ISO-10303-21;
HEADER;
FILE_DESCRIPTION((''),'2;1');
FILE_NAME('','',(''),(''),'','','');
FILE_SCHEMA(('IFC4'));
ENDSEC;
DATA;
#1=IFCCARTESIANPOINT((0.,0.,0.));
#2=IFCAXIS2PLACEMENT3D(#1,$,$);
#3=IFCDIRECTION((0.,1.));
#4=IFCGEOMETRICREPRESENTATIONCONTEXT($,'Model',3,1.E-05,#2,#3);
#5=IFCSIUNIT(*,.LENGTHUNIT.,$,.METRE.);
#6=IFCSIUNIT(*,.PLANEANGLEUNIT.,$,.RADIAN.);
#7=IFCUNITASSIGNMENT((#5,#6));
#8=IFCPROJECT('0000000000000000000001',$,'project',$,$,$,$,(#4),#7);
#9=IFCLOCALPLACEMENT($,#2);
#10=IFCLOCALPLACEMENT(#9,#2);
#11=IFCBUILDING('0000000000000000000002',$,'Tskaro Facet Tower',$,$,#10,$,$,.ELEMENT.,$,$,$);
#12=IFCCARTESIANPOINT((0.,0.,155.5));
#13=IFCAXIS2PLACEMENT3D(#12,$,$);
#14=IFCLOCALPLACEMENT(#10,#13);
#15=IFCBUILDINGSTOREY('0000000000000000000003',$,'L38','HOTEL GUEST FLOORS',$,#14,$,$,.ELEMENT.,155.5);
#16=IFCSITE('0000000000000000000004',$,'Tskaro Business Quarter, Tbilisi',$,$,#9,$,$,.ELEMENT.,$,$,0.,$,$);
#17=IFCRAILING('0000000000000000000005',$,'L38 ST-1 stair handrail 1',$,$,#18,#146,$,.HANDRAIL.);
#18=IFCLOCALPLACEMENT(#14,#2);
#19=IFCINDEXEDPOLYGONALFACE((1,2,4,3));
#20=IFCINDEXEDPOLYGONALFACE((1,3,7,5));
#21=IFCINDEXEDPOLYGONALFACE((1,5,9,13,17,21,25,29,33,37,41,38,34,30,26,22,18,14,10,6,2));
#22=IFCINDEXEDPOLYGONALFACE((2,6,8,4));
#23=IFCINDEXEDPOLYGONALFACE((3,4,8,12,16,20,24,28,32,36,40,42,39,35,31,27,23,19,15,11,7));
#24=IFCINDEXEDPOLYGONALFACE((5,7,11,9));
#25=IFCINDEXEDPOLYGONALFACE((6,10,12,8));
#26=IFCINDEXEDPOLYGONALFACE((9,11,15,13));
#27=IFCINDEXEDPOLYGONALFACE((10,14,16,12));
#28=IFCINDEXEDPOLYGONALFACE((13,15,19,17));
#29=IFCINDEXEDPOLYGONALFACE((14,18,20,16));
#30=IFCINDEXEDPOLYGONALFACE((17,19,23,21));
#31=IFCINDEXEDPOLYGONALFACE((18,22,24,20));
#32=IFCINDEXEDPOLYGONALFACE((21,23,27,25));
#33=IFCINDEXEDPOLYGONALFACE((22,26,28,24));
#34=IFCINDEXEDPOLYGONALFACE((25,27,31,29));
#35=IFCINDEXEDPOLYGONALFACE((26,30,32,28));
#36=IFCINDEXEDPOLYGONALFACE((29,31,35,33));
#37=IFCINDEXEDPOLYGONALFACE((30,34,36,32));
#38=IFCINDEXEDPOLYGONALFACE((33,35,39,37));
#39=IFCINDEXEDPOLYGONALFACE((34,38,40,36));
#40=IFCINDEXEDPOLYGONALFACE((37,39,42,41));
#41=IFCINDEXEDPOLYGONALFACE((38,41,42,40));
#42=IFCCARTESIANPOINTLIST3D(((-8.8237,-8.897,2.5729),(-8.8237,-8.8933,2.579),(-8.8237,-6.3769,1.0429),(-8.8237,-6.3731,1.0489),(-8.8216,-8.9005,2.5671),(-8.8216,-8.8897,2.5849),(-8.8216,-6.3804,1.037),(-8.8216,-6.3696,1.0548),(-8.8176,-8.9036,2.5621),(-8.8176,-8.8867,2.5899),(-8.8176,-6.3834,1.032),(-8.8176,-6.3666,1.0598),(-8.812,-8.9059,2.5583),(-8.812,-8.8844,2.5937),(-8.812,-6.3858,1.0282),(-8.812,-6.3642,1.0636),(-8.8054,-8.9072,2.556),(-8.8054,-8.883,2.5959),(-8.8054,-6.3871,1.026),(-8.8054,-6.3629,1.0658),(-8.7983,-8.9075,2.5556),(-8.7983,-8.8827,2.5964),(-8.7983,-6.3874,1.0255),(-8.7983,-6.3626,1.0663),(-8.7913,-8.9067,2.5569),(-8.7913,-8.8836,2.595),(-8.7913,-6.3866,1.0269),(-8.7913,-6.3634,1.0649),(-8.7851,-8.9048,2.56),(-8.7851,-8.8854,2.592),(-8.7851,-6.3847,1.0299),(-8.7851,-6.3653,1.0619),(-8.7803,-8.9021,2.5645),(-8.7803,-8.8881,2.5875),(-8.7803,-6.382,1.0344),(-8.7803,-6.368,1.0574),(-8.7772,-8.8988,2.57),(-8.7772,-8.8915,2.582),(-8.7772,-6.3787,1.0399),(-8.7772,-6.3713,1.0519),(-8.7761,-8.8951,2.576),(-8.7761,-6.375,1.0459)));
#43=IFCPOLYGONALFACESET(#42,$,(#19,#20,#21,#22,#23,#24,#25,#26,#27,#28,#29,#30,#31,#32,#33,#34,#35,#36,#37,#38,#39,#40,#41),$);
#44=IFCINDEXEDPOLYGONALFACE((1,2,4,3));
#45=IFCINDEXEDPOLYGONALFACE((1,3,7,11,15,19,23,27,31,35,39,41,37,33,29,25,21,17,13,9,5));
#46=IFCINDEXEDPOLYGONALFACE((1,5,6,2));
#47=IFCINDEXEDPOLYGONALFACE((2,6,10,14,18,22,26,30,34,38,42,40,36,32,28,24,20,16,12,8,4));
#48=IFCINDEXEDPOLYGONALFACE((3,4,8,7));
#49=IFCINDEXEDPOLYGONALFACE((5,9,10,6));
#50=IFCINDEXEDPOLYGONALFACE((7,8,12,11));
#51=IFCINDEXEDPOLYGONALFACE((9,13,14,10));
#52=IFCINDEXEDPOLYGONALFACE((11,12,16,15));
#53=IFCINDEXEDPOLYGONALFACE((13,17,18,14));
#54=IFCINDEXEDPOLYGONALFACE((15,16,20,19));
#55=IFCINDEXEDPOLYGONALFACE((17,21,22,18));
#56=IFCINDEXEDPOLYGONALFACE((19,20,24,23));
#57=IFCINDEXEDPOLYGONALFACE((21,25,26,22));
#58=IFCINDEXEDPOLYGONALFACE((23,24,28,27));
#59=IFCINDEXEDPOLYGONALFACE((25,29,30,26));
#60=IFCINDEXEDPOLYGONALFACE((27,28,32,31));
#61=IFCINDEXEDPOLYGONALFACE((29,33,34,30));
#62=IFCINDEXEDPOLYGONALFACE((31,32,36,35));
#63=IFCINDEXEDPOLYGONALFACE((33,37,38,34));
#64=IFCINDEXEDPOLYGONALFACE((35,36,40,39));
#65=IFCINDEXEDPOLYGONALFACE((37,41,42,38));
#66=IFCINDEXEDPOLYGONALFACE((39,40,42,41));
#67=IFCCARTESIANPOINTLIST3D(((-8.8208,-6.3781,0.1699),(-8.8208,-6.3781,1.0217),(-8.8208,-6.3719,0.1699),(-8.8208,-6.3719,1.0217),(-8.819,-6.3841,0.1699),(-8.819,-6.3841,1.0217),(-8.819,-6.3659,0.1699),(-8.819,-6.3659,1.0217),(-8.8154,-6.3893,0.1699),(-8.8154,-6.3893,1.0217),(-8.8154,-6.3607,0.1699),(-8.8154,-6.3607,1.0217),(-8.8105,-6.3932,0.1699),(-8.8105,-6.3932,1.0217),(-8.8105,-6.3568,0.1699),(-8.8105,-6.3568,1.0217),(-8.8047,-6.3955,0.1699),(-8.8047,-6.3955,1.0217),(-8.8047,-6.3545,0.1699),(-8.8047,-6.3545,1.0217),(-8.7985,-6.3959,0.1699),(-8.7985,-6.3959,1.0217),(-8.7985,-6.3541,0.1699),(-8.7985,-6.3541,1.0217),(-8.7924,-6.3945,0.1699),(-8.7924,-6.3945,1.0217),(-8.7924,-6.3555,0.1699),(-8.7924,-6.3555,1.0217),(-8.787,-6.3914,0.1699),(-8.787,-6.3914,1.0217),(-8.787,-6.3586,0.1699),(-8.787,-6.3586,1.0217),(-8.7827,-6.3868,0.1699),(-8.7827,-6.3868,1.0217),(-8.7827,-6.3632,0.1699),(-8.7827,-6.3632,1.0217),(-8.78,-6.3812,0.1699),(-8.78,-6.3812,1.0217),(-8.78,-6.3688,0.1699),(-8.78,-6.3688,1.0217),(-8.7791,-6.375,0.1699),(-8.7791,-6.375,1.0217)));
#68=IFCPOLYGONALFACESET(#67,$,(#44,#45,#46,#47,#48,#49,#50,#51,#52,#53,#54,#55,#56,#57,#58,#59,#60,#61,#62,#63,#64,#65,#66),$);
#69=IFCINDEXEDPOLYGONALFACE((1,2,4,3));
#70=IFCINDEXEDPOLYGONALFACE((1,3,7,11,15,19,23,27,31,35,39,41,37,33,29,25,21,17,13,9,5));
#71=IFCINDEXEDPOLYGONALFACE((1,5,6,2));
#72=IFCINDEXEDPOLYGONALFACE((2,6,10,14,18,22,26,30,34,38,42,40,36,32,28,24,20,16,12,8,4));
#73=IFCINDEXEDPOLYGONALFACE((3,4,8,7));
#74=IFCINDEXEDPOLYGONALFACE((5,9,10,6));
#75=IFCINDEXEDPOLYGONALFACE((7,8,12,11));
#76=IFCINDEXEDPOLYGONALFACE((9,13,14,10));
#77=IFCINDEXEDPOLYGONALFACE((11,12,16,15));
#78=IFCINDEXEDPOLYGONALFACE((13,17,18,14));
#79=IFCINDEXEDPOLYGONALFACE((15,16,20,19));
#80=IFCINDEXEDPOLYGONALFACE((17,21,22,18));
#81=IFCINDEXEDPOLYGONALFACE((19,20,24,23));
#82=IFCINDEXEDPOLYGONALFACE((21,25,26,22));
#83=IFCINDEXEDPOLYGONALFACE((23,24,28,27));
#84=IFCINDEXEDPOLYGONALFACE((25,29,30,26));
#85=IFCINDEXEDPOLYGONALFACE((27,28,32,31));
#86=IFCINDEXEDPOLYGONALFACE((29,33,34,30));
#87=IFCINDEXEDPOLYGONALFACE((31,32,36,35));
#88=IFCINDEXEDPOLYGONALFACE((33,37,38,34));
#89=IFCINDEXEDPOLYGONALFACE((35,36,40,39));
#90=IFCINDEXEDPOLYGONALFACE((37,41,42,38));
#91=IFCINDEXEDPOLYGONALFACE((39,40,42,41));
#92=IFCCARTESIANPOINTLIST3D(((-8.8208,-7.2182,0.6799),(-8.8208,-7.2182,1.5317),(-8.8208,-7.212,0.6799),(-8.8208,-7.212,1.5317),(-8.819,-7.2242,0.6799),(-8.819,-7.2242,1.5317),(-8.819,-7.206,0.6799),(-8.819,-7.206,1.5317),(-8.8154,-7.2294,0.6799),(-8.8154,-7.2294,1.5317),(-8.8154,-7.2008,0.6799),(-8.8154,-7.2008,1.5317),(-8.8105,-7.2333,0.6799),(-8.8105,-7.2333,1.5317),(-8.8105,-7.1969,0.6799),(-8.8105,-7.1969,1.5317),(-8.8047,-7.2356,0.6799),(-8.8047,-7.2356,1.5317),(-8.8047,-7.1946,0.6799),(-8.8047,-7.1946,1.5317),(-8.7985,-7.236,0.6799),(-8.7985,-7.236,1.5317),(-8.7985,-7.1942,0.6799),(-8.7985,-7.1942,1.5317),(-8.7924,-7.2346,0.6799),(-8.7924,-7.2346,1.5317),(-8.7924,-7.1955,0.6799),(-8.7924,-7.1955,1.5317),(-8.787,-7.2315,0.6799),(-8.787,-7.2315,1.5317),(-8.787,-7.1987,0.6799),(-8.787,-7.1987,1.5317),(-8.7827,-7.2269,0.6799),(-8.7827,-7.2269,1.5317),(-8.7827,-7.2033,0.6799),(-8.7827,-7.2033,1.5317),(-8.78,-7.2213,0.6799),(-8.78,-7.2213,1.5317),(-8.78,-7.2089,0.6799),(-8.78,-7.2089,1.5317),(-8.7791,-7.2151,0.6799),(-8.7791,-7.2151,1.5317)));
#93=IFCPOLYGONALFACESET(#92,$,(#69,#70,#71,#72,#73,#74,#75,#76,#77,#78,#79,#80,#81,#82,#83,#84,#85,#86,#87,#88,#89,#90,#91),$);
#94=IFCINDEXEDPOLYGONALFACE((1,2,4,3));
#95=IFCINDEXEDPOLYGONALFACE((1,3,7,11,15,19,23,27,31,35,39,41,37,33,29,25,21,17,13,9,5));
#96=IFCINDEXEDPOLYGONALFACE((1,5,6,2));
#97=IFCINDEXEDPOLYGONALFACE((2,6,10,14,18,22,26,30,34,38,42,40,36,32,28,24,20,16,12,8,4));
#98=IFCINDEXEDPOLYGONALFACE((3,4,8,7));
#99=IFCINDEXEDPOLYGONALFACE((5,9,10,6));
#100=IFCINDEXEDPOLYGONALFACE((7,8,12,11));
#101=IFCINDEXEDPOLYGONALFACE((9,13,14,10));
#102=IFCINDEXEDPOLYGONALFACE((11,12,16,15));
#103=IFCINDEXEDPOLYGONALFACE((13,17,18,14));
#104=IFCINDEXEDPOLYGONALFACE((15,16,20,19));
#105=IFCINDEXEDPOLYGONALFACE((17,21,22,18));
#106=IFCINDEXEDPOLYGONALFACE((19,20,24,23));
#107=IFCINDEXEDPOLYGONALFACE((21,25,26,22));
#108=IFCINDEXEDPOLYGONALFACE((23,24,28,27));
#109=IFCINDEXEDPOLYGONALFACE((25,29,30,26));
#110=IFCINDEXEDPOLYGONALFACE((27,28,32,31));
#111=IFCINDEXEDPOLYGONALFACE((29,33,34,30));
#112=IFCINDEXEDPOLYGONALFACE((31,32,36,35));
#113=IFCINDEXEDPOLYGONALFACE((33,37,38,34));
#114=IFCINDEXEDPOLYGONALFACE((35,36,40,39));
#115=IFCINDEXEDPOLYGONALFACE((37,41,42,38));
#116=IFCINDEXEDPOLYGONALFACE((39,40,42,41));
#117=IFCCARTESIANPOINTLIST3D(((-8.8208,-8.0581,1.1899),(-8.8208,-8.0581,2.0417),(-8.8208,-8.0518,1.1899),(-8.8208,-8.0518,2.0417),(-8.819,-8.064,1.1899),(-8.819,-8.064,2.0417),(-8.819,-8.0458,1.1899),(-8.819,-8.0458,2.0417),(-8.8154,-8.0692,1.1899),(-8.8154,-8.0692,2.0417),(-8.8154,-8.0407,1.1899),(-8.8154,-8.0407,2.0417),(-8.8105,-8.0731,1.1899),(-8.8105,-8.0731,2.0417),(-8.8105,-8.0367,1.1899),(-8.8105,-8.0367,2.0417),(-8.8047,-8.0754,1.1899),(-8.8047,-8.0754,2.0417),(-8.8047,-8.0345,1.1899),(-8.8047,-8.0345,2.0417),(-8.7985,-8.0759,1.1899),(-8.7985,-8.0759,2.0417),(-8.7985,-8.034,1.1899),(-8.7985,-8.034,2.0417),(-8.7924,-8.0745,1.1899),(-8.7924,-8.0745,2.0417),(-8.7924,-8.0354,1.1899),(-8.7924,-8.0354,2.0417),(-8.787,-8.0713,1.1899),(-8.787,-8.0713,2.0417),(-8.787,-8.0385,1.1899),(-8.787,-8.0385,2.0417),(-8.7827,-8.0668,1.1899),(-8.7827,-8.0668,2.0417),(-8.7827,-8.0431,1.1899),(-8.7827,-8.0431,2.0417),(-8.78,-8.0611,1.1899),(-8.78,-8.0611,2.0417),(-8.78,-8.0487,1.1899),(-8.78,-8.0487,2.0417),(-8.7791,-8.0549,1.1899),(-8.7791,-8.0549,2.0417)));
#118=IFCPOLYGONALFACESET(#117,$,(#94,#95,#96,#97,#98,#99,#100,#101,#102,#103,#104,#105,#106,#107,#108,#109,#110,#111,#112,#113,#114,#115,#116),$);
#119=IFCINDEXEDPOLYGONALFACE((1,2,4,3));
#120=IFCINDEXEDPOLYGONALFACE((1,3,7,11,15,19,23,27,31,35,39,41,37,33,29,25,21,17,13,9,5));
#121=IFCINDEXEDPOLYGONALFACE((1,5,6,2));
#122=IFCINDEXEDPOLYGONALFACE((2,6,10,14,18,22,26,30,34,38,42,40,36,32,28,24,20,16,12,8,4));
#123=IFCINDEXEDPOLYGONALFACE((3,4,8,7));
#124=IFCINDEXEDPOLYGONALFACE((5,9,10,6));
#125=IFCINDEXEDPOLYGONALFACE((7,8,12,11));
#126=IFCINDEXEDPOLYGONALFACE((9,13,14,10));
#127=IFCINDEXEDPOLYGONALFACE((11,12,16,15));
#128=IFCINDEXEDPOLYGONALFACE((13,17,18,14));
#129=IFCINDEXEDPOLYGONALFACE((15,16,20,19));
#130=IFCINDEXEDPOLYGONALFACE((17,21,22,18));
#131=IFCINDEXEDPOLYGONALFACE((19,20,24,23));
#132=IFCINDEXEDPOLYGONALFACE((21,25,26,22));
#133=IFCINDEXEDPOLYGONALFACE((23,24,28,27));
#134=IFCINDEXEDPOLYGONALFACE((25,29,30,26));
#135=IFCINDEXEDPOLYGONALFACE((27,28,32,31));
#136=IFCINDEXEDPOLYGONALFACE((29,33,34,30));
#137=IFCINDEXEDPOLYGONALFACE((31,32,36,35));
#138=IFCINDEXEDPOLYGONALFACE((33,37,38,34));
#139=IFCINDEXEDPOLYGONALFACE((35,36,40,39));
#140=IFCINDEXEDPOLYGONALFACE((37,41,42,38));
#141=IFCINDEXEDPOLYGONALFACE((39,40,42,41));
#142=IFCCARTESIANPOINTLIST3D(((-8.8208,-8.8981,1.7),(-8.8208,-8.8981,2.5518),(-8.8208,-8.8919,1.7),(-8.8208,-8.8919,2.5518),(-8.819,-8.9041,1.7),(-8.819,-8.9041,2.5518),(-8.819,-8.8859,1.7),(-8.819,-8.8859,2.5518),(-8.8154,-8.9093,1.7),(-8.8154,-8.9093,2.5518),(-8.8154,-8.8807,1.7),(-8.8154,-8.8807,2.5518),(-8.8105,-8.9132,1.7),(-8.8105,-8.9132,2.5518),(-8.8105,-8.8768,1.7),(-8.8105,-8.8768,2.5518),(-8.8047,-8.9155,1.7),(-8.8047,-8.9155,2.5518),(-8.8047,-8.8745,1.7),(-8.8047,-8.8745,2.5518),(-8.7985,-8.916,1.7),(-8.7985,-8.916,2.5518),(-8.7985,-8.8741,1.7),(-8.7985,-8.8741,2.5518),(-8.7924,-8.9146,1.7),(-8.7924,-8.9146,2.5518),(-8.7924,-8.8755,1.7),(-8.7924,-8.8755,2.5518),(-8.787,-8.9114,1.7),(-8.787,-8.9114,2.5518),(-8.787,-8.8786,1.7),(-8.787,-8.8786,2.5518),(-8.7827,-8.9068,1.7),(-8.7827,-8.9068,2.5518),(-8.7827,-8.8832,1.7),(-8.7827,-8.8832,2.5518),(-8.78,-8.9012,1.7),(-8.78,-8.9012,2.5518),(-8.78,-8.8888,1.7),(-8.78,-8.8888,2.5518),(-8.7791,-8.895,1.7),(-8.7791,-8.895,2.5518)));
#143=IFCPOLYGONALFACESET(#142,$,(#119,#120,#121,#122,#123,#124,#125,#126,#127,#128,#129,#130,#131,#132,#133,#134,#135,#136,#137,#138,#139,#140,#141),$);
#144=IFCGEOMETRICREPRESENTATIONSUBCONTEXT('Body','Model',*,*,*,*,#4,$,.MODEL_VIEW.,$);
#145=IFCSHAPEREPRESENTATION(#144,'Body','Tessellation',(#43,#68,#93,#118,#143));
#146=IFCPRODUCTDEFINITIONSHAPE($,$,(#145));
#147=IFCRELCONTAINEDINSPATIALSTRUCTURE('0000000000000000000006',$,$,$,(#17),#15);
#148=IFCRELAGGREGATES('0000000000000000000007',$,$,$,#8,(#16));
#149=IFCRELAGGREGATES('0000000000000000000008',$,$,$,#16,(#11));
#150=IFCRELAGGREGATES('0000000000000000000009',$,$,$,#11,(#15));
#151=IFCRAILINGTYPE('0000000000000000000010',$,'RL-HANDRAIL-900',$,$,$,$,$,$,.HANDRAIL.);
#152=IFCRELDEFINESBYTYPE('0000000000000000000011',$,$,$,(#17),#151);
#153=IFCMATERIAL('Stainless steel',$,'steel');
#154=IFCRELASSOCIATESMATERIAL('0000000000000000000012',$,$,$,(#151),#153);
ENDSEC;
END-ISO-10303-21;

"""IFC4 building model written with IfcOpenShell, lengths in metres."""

from ifc_helpers import new_model, si_unit, direction, frame, origin, origin_2d, place, context, subcontext, project, spatial, circle, extrude, material, type_object, element, save


model = new_model("IFC4")

# Units and contexts
model_context = context("Model", 3, precision=1e-05, world=origin(), true_north=direction((0.0, 1.0)))
body_context = subcontext(model_context, "Body", "Model", "MODEL_VIEW")
ifc_project = project(units=[si_unit("LENGTHUNIT", "METRE"), si_unit("PLANEANGLEUNIT", "RADIAN")], contexts=[model_context])

# Site, building, storey
site_placement = place(None, origin())
site = spatial("IfcSite", under=ifc_project, at=site_placement, Name="Tskaro Business Quarter, Tbilisi", CompositionType="ELEMENT", RefElevation=0.0)
building_placement = place(site_placement, origin())
building = spatial("IfcBuilding", under=site, at=building_placement, Name="Tskaro Facet Tower", CompositionType="ELEMENT")
storey_placement = place(building_placement, frame((0.0, 0.0, 155.5)))
storey = spatial("IfcBuildingStorey", under=building, at=storey_placement, Name="L38", Description="HOTEL GUEST FLOORS", CompositionType="ELEMENT", Elevation=155.5)

# Shared definitions
ifc_material_1 = material(Name="Stainless steel", Category="steel")

# Railing
railing_type = type_object("IfcRailingType", Name="RL-HANDRAIL-900", PredefinedType="HANDRAIL", material=ifc_material_1)
railing_placement = place(storey_placement, frame((-8.8, -6.375, 0.1699)))
element("IfcRailing", 1, at=railing_placement, inside=storey, type_object=railing_type, Name="L38 ST-1 stair handrail 1", PredefinedType="HANDRAIL", context=body_context, shape_type="SweptSolid", body=[
    extrude(circle(Radius=0.0239, at=origin_2d()), frame((0.0, 0.0, 0.876), z_axis=(0.0, -0.854785, 0.518982), x_axis=(1.0, 0.0, 0.0)), (0.0, 0.0, 1.0), 2.9482),
    extrude(circle(Radius=0.021, at=origin_2d()), origin(), (0.0, 0.0, 1.0), 0.8518),
    extrude(circle(Radius=0.021, at=origin_2d()), frame((0.0, -0.8401, 0.51)), (0.0, 0.0, 1.0), 0.8518),
    extrude(circle(Radius=0.021, at=origin_2d()), frame((0.0, -1.6799, 1.02)), (0.0, 0.0, 1.0), 0.8518),
    extrude(circle(Radius=0.021, at=origin_2d()), frame((0.0, -2.52, 1.53)), (0.0, 0.0, 1.0), 0.8518),
])

save(model, "model.ifc")
